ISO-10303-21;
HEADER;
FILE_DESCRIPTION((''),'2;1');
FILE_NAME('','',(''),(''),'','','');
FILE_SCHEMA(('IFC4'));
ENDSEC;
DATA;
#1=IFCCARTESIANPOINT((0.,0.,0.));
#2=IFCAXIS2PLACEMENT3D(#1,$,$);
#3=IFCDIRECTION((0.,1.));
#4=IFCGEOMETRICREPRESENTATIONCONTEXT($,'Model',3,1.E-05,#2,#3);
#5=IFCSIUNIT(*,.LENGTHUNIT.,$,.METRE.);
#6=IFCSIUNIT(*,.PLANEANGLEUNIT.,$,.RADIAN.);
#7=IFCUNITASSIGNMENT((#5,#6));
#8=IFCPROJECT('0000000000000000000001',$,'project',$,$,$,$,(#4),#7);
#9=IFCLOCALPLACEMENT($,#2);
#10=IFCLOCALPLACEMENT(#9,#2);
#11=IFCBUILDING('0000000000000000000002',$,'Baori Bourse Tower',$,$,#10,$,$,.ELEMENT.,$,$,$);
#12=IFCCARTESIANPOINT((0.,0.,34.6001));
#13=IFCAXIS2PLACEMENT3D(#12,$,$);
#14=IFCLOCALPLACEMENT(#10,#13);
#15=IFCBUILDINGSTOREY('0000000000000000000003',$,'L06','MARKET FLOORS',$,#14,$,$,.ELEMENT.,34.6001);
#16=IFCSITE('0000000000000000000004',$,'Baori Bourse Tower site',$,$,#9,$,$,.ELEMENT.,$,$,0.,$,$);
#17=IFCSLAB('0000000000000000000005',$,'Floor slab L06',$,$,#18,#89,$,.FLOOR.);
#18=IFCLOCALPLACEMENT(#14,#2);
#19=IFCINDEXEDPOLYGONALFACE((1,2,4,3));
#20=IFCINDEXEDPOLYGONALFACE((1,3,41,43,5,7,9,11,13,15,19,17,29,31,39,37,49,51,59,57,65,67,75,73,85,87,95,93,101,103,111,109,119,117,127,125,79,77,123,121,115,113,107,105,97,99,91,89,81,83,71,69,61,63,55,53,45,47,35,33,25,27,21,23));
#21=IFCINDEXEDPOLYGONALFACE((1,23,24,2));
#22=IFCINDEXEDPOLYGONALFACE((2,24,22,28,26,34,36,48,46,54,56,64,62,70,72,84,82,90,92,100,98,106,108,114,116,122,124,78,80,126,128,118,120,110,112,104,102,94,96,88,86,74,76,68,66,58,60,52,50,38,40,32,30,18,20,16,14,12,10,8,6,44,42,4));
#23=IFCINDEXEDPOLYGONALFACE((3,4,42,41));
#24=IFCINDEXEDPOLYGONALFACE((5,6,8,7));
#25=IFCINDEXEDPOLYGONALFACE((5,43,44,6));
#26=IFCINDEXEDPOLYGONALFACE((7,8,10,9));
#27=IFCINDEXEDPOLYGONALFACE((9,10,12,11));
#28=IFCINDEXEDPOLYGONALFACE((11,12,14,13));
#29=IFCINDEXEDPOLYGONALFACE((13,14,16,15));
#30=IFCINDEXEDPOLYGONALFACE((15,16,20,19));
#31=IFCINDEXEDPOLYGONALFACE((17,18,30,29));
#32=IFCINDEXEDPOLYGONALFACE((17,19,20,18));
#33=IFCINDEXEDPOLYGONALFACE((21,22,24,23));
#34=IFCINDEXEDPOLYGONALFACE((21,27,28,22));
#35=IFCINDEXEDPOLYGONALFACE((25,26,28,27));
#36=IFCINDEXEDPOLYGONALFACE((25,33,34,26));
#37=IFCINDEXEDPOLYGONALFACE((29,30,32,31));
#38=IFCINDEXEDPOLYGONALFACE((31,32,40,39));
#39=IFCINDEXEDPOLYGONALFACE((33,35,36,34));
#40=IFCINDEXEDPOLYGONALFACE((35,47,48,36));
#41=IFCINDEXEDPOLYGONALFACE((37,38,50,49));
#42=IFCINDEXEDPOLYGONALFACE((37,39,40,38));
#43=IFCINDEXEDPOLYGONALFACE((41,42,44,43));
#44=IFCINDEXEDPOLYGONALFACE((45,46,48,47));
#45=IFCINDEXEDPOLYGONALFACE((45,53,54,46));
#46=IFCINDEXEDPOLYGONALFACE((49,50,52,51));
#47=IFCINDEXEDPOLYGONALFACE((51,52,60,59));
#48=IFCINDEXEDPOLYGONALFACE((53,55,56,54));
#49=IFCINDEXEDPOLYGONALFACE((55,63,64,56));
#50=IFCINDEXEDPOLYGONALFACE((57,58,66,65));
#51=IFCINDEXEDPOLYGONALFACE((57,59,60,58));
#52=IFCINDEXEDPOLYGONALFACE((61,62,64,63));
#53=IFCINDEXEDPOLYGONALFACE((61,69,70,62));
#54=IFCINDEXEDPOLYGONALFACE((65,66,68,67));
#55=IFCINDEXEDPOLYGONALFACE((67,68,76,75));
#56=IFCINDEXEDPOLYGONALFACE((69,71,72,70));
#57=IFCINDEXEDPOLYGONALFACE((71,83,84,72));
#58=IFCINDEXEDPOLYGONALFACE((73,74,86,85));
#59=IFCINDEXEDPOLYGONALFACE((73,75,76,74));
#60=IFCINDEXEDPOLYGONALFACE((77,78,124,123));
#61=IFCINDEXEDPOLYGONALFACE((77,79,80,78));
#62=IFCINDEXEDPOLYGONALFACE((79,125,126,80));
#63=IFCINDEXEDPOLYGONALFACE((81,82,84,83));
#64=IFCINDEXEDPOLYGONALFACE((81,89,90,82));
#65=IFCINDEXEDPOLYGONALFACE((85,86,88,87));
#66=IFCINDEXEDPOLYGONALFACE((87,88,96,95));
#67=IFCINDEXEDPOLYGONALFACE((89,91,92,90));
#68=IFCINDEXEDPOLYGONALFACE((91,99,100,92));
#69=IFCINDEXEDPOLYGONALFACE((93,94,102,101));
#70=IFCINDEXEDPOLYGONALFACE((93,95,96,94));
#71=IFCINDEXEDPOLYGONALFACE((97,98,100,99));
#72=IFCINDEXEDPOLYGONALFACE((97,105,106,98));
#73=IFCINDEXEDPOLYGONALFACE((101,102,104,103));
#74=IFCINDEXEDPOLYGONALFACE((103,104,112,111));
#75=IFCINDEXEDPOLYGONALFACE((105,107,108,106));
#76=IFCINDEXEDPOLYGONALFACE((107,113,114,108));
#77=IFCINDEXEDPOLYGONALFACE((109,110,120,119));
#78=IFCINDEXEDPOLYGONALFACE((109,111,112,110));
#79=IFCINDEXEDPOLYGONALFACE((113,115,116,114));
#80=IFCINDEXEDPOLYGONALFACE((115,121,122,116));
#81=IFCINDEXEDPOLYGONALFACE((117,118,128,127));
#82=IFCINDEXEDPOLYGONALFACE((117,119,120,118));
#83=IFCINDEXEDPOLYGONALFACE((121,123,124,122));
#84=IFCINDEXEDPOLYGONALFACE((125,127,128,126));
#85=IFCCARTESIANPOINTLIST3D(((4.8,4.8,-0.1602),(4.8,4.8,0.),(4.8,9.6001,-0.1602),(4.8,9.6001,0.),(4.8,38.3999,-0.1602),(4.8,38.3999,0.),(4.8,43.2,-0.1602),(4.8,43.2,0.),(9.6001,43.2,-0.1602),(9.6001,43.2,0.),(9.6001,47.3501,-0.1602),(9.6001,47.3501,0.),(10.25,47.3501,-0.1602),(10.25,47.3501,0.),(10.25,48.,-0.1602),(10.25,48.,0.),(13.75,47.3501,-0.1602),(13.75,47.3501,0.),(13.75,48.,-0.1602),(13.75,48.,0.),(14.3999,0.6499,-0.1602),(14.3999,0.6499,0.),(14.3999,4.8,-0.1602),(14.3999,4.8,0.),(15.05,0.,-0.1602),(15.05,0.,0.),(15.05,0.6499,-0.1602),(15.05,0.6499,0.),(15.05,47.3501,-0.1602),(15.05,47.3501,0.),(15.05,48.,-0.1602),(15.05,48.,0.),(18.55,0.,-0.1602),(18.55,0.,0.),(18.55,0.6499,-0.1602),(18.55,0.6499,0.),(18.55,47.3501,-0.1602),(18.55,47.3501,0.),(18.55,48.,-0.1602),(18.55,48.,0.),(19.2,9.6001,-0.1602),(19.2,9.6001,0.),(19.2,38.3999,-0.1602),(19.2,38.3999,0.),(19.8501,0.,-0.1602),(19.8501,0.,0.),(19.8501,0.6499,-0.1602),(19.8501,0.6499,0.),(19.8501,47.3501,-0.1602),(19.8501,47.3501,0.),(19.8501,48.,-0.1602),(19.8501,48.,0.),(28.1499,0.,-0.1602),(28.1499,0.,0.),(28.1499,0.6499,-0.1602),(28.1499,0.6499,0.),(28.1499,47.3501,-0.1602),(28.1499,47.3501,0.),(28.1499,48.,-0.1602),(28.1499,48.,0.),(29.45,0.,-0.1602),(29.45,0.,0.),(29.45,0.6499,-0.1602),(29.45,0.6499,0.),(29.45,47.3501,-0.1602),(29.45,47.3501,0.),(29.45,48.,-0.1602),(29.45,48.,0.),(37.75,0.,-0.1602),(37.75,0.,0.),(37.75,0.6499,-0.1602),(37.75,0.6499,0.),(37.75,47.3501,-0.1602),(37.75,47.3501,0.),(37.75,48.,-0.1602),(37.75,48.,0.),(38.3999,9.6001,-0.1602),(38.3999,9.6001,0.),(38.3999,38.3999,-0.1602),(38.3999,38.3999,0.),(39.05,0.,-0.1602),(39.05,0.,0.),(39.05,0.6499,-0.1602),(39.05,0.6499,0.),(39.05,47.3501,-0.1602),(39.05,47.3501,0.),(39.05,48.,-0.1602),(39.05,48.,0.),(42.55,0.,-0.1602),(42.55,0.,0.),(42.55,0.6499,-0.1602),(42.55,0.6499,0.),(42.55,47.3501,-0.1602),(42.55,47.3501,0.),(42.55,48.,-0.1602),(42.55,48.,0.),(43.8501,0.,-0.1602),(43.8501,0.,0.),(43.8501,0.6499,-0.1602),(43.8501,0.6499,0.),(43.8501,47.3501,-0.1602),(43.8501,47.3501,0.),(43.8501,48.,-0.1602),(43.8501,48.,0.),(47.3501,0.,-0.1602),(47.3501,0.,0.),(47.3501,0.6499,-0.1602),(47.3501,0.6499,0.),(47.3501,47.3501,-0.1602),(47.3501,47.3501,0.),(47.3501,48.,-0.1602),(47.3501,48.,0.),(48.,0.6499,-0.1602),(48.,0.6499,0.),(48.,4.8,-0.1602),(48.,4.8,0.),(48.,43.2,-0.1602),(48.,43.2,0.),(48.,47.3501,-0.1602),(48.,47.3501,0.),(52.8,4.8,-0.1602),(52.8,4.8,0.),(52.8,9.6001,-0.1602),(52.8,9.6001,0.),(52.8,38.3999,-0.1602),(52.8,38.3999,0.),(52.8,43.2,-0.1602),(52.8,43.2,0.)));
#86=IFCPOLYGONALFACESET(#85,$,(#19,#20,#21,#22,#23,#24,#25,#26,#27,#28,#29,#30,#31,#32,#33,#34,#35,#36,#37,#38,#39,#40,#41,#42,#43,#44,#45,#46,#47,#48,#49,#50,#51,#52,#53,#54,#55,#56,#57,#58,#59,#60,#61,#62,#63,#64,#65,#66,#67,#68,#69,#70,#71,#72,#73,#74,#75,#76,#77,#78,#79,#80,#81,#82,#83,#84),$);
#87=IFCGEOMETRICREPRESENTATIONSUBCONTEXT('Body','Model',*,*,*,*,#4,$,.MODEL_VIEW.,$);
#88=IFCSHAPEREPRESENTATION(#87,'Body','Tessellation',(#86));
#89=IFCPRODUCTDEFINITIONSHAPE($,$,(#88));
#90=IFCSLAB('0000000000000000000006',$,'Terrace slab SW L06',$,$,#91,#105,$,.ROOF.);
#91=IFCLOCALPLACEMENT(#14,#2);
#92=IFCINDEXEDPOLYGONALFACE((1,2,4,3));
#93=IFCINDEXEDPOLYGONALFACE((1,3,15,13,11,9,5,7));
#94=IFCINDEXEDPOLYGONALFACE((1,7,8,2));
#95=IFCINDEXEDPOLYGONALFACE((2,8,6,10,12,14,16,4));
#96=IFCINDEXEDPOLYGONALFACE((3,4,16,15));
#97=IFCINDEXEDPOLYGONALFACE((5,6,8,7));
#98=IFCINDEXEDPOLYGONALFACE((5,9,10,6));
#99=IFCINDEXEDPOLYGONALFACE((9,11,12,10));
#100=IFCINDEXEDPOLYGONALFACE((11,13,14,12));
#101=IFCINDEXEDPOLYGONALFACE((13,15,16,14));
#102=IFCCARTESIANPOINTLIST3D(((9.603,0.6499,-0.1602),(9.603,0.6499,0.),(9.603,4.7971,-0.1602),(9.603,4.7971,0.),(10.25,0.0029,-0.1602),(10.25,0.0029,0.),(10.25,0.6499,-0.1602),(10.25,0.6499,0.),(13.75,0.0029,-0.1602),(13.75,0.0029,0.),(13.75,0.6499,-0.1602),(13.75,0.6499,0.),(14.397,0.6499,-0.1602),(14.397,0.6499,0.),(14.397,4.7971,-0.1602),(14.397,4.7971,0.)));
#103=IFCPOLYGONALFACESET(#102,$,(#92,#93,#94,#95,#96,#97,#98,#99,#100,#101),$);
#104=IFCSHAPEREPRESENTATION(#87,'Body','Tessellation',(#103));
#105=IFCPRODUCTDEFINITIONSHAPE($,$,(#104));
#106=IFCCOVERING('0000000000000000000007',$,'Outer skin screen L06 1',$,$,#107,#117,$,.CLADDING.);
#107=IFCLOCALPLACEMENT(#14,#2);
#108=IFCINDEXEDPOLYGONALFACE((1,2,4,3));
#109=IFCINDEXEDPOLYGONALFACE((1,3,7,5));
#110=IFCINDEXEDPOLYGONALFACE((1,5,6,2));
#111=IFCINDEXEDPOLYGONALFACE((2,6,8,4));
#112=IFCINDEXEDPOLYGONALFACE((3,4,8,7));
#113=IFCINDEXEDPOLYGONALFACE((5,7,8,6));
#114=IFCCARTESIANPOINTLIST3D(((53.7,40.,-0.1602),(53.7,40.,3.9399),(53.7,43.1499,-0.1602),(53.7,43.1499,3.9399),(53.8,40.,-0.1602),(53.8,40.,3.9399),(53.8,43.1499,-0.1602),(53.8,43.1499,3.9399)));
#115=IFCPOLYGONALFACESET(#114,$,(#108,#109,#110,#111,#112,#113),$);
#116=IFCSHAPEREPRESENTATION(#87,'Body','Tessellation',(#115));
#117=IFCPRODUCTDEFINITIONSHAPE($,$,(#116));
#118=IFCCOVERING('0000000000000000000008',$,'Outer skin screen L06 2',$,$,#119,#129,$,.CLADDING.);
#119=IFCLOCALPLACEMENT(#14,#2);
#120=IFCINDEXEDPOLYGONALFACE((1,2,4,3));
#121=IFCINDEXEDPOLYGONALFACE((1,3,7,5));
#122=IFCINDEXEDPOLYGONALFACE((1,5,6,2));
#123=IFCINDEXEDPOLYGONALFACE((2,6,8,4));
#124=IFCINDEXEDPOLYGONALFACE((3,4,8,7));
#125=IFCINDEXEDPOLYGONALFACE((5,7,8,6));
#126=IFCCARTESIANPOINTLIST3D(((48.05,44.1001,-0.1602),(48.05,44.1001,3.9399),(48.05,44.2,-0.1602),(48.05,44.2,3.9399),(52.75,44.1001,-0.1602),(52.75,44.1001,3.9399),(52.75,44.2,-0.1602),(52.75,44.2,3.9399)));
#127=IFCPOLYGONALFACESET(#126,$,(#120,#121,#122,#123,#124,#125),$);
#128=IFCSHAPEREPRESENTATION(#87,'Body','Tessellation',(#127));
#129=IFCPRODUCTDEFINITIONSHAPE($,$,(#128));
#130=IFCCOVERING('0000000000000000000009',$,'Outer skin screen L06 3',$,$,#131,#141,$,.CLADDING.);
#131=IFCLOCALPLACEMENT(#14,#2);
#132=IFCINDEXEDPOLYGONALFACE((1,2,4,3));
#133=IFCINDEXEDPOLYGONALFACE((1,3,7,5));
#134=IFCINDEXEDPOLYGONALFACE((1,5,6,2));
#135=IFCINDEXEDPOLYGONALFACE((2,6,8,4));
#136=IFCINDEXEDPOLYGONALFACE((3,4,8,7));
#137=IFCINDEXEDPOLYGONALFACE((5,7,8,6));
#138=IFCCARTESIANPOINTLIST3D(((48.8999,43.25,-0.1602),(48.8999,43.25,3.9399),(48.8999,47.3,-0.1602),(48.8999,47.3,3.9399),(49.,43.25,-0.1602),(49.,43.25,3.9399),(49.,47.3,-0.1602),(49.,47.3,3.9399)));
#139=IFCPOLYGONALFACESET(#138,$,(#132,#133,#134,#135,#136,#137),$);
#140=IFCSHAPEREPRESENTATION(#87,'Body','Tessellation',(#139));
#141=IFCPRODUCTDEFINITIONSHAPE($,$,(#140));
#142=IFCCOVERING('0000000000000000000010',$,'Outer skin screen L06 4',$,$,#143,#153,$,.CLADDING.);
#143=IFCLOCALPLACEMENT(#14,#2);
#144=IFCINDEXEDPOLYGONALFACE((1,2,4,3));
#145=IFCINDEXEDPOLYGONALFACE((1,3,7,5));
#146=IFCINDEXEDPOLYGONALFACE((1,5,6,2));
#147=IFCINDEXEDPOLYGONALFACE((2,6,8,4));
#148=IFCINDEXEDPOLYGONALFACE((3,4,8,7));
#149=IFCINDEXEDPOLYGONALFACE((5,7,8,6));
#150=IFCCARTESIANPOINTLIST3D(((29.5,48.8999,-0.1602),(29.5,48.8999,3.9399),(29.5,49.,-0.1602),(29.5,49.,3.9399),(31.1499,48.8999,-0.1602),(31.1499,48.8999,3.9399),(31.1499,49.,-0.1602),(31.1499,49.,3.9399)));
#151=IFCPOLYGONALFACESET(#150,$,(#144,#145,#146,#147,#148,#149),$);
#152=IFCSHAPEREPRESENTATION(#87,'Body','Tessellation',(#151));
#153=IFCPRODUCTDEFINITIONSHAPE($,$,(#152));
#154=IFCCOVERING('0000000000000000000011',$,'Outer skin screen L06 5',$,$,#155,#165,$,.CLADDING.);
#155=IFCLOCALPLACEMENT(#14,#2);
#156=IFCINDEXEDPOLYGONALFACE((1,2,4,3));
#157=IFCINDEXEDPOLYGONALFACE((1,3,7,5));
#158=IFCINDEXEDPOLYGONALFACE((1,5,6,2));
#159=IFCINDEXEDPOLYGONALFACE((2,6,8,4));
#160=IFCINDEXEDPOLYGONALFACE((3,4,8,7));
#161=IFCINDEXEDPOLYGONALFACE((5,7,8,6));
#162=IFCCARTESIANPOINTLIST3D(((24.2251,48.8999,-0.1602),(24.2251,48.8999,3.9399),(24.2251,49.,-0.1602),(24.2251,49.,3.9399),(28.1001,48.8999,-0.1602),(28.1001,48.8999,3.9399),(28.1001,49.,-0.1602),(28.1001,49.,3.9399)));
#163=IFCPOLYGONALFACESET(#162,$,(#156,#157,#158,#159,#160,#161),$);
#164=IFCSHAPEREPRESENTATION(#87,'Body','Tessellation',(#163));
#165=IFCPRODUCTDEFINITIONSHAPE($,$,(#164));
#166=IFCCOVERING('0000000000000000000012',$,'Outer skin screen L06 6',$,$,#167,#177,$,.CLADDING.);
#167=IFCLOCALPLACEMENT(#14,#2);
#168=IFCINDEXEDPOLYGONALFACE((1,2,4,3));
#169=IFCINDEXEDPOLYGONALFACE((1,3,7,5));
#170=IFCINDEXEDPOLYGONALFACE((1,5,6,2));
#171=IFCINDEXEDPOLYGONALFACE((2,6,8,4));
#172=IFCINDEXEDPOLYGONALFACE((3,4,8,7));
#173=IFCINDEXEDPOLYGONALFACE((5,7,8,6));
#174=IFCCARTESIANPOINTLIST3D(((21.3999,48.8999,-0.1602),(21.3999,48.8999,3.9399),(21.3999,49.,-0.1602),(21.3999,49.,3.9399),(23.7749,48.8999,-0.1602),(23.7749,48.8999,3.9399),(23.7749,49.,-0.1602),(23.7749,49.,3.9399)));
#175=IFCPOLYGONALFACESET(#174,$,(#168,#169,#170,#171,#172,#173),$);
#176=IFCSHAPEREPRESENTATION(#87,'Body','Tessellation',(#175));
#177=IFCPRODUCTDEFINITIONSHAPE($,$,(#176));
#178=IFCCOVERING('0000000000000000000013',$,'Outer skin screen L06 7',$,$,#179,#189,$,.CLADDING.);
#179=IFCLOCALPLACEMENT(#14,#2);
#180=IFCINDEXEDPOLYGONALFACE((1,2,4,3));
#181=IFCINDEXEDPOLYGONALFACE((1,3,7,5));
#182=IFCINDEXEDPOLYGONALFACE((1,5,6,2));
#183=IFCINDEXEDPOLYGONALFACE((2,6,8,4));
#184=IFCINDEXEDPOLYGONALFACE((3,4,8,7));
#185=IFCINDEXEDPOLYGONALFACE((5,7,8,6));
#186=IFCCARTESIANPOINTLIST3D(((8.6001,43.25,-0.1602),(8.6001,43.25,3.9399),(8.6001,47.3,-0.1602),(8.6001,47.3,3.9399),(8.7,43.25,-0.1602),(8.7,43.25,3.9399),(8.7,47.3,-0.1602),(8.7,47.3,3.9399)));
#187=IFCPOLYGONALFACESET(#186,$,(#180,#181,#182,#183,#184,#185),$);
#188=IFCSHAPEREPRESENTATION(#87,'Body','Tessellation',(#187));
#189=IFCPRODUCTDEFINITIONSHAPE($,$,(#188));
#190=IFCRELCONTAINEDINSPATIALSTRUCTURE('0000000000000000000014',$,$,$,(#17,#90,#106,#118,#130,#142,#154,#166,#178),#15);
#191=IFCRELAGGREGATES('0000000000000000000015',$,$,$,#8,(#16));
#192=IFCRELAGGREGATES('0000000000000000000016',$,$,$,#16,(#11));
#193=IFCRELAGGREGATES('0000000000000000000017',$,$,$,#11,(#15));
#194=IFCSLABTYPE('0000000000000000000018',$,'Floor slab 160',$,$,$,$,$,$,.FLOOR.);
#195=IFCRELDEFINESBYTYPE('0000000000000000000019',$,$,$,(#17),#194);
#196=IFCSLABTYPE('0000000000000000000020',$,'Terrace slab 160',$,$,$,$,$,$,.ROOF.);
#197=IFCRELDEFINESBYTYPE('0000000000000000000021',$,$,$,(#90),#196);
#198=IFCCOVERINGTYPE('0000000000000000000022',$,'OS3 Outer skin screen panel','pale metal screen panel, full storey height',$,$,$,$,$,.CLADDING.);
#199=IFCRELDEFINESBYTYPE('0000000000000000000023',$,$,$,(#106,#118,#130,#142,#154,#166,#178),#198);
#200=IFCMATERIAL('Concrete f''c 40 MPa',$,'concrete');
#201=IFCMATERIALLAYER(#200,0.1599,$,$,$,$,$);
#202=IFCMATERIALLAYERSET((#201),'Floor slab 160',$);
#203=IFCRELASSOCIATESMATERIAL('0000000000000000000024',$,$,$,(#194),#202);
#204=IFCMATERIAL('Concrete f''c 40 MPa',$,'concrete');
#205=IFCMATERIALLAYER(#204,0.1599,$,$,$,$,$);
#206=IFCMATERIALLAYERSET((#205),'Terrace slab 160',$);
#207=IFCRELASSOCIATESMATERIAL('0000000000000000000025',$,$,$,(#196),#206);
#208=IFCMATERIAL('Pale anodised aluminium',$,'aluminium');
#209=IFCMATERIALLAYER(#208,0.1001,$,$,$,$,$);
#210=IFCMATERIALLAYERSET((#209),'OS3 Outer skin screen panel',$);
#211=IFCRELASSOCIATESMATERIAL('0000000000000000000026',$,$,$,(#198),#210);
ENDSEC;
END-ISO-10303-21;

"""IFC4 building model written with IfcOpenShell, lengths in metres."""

from ifc_helpers import new_model, si_unit, direction, frame, origin, place, context, subcontext, project, spatial, polyline, outline, extrude, material, layer, layer_set, type_object, element, save


model = new_model("IFC4")

# Units and contexts
model_context = context("Model", 3, precision=1e-05, world=origin(), true_north=direction((0.0, 1.0)))
body_context = subcontext(model_context, "Body", "Model", "MODEL_VIEW")
ifc_project = project(units=[si_unit("LENGTHUNIT", "METRE"), si_unit("PLANEANGLEUNIT", "RADIAN")], contexts=[model_context])

# Site, building, storey
site_placement = place(None, origin())
site = spatial("IfcSite", under=ifc_project, at=site_placement, Name="Baori Bourse Tower site", CompositionType="ELEMENT", RefElevation=0.0)
building_placement = place(site_placement, origin())
building = spatial("IfcBuilding", under=site, at=building_placement, Name="Baori Bourse Tower", CompositionType="ELEMENT")
storey_placement = place(building_placement, frame((0.0, 0.0, 34.6001)))
storey = spatial("IfcBuildingStorey", under=building, at=storey_placement, Name="L06", Description="MARKET FLOORS", CompositionType="ELEMENT", Elevation=34.6001)

# Slabs
ifc_material_1 = material(Name="Concrete f'c 40 MPa", Category="concrete")
ifc_layer_1 = layer(ifc_material_1, 0.1599)
ifc_layer_set_1 = layer_set([ifc_layer_1], Name="Floor slab 160")
slab_type_1 = type_object("IfcSlabType", Name="Floor slab 160", PredefinedType="FLOOR", material=ifc_layer_set_1)
slab_1_placement = place(storey_placement, frame((0.0, 0.0, -0.1602)))
element("IfcSlab", 1, at=slab_1_placement, inside=storey, type_object=slab_type_1, Name="Floor slab L06", PredefinedType="FLOOR", context=body_context, shape_type="SweptSolid", body=[
    extrude(outline(polyline([(14.3999, 4.8), (4.8, 4.8), (4.8, 9.6001), (19.2, 9.6001), (19.2, 38.3999), (4.8, 38.3999), (4.8, 43.2), (9.6001, 43.2), (9.6001, 47.3501), (10.25, 47.3501), (10.25, 48.0), (13.75, 48.0), (13.75, 47.3501), (15.05, 47.3501), (15.05, 48.0), (18.55, 48.0), (18.55, 47.3501), (19.8501, 47.3501), (19.8501, 48.0), (28.1499, 48.0), (28.1499, 47.3501), (29.45, 47.3501), (29.45, 48.0), (37.75, 48.0), (37.75, 47.3501), (39.05, 47.3501), (39.05, 48.0), (42.55, 48.0), (42.55, 47.3501), (43.8501, 47.3501), (43.8501, 48.0), (47.3501, 48.0), (47.3501, 47.3501), (48.0, 47.3501), (48.0, 43.2), (52.8, 43.2), (52.8, 38.3999), (38.3999, 38.3999), (38.3999, 9.6001), (52.8, 9.6001), (52.8, 4.8), (48.0, 4.8), (48.0, 0.6499), (47.3501, 0.6499), (47.3501, 0.0), (43.8501, 0.0), (43.8501, 0.6499), (42.55, 0.6499), (42.55, 0.0), (39.05, 0.0), (39.05, 0.6499), (37.75, 0.6499), (37.75, 0.0), (29.45, 0.0), (29.45, 0.6499), (28.1499, 0.6499), (28.1499, 0.0), (19.8501, 0.0), (19.8501, 0.6499), (18.55, 0.6499), (18.55, 0.0), (15.05, 0.0), (15.05, 0.6499), (14.3999, 0.6499), (14.3999, 4.8)])), origin(), (0.0, 0.0, 1.0), 0.1602),
])
ifc_material_2 = material(Name="Concrete f'c 40 MPa", Category="concrete")
ifc_layer_2 = layer(ifc_material_2, 0.1599)
ifc_layer_set_2 = layer_set([ifc_layer_2], Name="Terrace slab 160")
slab_type_2 = type_object("IfcSlabType", Name="Terrace slab 160", PredefinedType="ROOF", material=ifc_layer_set_2)
slab_2_placement = place(storey_placement, frame((0.0, 0.0, -0.1602)))
element("IfcSlab", 2, at=slab_2_placement, inside=storey, type_object=slab_type_2, Name="Terrace slab SW L06", PredefinedType="ROOF", context=body_context, shape_type="SweptSolid", body=[
    extrude(outline(polyline([(14.397, 0.6499), (13.75, 0.6499), (13.75, 0.0029), (10.25, 0.0029), (10.25, 0.6499), (9.603, 0.6499), (9.603, 4.7971), (14.397, 4.7971), (14.397, 0.6499)])), origin(), (0.0, 0.0, 1.0), 0.1602),
])

# Coverings
ifc_material_3 = material(Name="Pale anodised aluminium", Category="aluminium")
ifc_layer_3 = layer(ifc_material_3, 0.1001)
ifc_layer_set_3 = layer_set([ifc_layer_3], Name="OS3 Outer skin screen panel")
covering_type = type_object("IfcCoveringType", Name="OS3 Outer skin screen panel", Description="pale metal screen panel, full storey height", PredefinedType="CLADDING", material=ifc_layer_set_3)
covering_1_placement = place(storey_placement, frame((0.0, 0.0, -0.1602)))
element("IfcCovering", 3, at=covering_1_placement, inside=storey, type_object=covering_type, Name="Outer skin screen L06 1", PredefinedType="CLADDING", context=body_context, shape_type="SweptSolid", body=[
    extrude(outline(polyline([(53.7, 43.1499), (53.7, 40.0), (53.8, 40.0), (53.8, 43.1499), (53.7, 43.1499)])), origin(), (0.0, 0.0, 1.0), 4.1001),
])
covering_2_placement = place(storey_placement, frame((0.0, 0.0, -0.1602)))
element("IfcCovering", 4, at=covering_2_placement, inside=storey, type_object=covering_type, Name="Outer skin screen L06 2", PredefinedType="CLADDING", context=body_context, shape_type="SweptSolid", body=[
    extrude(outline(polyline([(48.05, 44.1001), (52.75, 44.1001), (52.75, 44.2), (48.05, 44.2), (48.05, 44.1001)])), origin(), (0.0, 0.0, 1.0), 4.1001),
])
covering_3_placement = place(storey_placement, frame((0.0, 0.0, -0.1602)))
element("IfcCovering", 5, at=covering_3_placement, inside=storey, type_object=covering_type, Name="Outer skin screen L06 3", PredefinedType="CLADDING", context=body_context, shape_type="SweptSolid", body=[
    extrude(outline(polyline([(48.8999, 47.3), (48.8999, 43.25), (49.0, 43.25), (49.0, 47.3), (48.8999, 47.3)])), origin(), (0.0, 0.0, 1.0), 4.1001),
])
covering_4_placement = place(storey_placement, frame((0.0, 0.0, -0.1602)))
element("IfcCovering", 6, at=covering_4_placement, inside=storey, type_object=covering_type, Name="Outer skin screen L06 4", PredefinedType="CLADDING", context=body_context, shape_type="SweptSolid", body=[
    extrude(outline(polyline([(29.5, 48.8999), (31.1499, 48.8999), (31.1499, 49.0), (29.5, 49.0), (29.5, 48.8999)])), origin(), (0.0, 0.0, 1.0), 4.1001),
])
covering_5_placement = place(storey_placement, frame((0.0, 0.0, -0.1602)))
element("IfcCovering", 7, at=covering_5_placement, inside=storey, type_object=covering_type, Name="Outer skin screen L06 5", PredefinedType="CLADDING", context=body_context, shape_type="SweptSolid", body=[
    extrude(outline(polyline([(24.2251, 48.8999), (28.1001, 48.8999), (28.1001, 49.0), (24.2251, 49.0), (24.2251, 48.8999)])), origin(), (0.0, 0.0, 1.0), 4.1001),
])
covering_6_placement = place(storey_placement, frame((0.0, 0.0, -0.1602)))
element("IfcCovering", 8, at=covering_6_placement, inside=storey, type_object=covering_type, Name="Outer skin screen L06 6", PredefinedType="CLADDING", context=body_context, shape_type="SweptSolid", body=[
    extrude(outline(polyline([(21.3999, 48.8999), (23.7749, 48.8999), (23.7749, 49.0), (21.3999, 49.0), (21.3999, 48.8999)])), origin(), (0.0, 0.0, 1.0), 4.1001),
])
covering_7_placement = place(storey_placement, frame((0.0, 0.0, -0.1602)))
element("IfcCovering", 9, at=covering_7_placement, inside=storey, type_object=covering_type, Name="Outer skin screen L06 7", PredefinedType="CLADDING", context=body_context, shape_type="SweptSolid", body=[
    extrude(outline(polyline([(8.7, 43.25), (8.7, 47.3), (8.6001, 47.3), (8.6001, 43.25), (8.7, 43.25)])), origin(), (0.0, 0.0, 1.0), 4.1001),
])

save(model, "model.ifc")
